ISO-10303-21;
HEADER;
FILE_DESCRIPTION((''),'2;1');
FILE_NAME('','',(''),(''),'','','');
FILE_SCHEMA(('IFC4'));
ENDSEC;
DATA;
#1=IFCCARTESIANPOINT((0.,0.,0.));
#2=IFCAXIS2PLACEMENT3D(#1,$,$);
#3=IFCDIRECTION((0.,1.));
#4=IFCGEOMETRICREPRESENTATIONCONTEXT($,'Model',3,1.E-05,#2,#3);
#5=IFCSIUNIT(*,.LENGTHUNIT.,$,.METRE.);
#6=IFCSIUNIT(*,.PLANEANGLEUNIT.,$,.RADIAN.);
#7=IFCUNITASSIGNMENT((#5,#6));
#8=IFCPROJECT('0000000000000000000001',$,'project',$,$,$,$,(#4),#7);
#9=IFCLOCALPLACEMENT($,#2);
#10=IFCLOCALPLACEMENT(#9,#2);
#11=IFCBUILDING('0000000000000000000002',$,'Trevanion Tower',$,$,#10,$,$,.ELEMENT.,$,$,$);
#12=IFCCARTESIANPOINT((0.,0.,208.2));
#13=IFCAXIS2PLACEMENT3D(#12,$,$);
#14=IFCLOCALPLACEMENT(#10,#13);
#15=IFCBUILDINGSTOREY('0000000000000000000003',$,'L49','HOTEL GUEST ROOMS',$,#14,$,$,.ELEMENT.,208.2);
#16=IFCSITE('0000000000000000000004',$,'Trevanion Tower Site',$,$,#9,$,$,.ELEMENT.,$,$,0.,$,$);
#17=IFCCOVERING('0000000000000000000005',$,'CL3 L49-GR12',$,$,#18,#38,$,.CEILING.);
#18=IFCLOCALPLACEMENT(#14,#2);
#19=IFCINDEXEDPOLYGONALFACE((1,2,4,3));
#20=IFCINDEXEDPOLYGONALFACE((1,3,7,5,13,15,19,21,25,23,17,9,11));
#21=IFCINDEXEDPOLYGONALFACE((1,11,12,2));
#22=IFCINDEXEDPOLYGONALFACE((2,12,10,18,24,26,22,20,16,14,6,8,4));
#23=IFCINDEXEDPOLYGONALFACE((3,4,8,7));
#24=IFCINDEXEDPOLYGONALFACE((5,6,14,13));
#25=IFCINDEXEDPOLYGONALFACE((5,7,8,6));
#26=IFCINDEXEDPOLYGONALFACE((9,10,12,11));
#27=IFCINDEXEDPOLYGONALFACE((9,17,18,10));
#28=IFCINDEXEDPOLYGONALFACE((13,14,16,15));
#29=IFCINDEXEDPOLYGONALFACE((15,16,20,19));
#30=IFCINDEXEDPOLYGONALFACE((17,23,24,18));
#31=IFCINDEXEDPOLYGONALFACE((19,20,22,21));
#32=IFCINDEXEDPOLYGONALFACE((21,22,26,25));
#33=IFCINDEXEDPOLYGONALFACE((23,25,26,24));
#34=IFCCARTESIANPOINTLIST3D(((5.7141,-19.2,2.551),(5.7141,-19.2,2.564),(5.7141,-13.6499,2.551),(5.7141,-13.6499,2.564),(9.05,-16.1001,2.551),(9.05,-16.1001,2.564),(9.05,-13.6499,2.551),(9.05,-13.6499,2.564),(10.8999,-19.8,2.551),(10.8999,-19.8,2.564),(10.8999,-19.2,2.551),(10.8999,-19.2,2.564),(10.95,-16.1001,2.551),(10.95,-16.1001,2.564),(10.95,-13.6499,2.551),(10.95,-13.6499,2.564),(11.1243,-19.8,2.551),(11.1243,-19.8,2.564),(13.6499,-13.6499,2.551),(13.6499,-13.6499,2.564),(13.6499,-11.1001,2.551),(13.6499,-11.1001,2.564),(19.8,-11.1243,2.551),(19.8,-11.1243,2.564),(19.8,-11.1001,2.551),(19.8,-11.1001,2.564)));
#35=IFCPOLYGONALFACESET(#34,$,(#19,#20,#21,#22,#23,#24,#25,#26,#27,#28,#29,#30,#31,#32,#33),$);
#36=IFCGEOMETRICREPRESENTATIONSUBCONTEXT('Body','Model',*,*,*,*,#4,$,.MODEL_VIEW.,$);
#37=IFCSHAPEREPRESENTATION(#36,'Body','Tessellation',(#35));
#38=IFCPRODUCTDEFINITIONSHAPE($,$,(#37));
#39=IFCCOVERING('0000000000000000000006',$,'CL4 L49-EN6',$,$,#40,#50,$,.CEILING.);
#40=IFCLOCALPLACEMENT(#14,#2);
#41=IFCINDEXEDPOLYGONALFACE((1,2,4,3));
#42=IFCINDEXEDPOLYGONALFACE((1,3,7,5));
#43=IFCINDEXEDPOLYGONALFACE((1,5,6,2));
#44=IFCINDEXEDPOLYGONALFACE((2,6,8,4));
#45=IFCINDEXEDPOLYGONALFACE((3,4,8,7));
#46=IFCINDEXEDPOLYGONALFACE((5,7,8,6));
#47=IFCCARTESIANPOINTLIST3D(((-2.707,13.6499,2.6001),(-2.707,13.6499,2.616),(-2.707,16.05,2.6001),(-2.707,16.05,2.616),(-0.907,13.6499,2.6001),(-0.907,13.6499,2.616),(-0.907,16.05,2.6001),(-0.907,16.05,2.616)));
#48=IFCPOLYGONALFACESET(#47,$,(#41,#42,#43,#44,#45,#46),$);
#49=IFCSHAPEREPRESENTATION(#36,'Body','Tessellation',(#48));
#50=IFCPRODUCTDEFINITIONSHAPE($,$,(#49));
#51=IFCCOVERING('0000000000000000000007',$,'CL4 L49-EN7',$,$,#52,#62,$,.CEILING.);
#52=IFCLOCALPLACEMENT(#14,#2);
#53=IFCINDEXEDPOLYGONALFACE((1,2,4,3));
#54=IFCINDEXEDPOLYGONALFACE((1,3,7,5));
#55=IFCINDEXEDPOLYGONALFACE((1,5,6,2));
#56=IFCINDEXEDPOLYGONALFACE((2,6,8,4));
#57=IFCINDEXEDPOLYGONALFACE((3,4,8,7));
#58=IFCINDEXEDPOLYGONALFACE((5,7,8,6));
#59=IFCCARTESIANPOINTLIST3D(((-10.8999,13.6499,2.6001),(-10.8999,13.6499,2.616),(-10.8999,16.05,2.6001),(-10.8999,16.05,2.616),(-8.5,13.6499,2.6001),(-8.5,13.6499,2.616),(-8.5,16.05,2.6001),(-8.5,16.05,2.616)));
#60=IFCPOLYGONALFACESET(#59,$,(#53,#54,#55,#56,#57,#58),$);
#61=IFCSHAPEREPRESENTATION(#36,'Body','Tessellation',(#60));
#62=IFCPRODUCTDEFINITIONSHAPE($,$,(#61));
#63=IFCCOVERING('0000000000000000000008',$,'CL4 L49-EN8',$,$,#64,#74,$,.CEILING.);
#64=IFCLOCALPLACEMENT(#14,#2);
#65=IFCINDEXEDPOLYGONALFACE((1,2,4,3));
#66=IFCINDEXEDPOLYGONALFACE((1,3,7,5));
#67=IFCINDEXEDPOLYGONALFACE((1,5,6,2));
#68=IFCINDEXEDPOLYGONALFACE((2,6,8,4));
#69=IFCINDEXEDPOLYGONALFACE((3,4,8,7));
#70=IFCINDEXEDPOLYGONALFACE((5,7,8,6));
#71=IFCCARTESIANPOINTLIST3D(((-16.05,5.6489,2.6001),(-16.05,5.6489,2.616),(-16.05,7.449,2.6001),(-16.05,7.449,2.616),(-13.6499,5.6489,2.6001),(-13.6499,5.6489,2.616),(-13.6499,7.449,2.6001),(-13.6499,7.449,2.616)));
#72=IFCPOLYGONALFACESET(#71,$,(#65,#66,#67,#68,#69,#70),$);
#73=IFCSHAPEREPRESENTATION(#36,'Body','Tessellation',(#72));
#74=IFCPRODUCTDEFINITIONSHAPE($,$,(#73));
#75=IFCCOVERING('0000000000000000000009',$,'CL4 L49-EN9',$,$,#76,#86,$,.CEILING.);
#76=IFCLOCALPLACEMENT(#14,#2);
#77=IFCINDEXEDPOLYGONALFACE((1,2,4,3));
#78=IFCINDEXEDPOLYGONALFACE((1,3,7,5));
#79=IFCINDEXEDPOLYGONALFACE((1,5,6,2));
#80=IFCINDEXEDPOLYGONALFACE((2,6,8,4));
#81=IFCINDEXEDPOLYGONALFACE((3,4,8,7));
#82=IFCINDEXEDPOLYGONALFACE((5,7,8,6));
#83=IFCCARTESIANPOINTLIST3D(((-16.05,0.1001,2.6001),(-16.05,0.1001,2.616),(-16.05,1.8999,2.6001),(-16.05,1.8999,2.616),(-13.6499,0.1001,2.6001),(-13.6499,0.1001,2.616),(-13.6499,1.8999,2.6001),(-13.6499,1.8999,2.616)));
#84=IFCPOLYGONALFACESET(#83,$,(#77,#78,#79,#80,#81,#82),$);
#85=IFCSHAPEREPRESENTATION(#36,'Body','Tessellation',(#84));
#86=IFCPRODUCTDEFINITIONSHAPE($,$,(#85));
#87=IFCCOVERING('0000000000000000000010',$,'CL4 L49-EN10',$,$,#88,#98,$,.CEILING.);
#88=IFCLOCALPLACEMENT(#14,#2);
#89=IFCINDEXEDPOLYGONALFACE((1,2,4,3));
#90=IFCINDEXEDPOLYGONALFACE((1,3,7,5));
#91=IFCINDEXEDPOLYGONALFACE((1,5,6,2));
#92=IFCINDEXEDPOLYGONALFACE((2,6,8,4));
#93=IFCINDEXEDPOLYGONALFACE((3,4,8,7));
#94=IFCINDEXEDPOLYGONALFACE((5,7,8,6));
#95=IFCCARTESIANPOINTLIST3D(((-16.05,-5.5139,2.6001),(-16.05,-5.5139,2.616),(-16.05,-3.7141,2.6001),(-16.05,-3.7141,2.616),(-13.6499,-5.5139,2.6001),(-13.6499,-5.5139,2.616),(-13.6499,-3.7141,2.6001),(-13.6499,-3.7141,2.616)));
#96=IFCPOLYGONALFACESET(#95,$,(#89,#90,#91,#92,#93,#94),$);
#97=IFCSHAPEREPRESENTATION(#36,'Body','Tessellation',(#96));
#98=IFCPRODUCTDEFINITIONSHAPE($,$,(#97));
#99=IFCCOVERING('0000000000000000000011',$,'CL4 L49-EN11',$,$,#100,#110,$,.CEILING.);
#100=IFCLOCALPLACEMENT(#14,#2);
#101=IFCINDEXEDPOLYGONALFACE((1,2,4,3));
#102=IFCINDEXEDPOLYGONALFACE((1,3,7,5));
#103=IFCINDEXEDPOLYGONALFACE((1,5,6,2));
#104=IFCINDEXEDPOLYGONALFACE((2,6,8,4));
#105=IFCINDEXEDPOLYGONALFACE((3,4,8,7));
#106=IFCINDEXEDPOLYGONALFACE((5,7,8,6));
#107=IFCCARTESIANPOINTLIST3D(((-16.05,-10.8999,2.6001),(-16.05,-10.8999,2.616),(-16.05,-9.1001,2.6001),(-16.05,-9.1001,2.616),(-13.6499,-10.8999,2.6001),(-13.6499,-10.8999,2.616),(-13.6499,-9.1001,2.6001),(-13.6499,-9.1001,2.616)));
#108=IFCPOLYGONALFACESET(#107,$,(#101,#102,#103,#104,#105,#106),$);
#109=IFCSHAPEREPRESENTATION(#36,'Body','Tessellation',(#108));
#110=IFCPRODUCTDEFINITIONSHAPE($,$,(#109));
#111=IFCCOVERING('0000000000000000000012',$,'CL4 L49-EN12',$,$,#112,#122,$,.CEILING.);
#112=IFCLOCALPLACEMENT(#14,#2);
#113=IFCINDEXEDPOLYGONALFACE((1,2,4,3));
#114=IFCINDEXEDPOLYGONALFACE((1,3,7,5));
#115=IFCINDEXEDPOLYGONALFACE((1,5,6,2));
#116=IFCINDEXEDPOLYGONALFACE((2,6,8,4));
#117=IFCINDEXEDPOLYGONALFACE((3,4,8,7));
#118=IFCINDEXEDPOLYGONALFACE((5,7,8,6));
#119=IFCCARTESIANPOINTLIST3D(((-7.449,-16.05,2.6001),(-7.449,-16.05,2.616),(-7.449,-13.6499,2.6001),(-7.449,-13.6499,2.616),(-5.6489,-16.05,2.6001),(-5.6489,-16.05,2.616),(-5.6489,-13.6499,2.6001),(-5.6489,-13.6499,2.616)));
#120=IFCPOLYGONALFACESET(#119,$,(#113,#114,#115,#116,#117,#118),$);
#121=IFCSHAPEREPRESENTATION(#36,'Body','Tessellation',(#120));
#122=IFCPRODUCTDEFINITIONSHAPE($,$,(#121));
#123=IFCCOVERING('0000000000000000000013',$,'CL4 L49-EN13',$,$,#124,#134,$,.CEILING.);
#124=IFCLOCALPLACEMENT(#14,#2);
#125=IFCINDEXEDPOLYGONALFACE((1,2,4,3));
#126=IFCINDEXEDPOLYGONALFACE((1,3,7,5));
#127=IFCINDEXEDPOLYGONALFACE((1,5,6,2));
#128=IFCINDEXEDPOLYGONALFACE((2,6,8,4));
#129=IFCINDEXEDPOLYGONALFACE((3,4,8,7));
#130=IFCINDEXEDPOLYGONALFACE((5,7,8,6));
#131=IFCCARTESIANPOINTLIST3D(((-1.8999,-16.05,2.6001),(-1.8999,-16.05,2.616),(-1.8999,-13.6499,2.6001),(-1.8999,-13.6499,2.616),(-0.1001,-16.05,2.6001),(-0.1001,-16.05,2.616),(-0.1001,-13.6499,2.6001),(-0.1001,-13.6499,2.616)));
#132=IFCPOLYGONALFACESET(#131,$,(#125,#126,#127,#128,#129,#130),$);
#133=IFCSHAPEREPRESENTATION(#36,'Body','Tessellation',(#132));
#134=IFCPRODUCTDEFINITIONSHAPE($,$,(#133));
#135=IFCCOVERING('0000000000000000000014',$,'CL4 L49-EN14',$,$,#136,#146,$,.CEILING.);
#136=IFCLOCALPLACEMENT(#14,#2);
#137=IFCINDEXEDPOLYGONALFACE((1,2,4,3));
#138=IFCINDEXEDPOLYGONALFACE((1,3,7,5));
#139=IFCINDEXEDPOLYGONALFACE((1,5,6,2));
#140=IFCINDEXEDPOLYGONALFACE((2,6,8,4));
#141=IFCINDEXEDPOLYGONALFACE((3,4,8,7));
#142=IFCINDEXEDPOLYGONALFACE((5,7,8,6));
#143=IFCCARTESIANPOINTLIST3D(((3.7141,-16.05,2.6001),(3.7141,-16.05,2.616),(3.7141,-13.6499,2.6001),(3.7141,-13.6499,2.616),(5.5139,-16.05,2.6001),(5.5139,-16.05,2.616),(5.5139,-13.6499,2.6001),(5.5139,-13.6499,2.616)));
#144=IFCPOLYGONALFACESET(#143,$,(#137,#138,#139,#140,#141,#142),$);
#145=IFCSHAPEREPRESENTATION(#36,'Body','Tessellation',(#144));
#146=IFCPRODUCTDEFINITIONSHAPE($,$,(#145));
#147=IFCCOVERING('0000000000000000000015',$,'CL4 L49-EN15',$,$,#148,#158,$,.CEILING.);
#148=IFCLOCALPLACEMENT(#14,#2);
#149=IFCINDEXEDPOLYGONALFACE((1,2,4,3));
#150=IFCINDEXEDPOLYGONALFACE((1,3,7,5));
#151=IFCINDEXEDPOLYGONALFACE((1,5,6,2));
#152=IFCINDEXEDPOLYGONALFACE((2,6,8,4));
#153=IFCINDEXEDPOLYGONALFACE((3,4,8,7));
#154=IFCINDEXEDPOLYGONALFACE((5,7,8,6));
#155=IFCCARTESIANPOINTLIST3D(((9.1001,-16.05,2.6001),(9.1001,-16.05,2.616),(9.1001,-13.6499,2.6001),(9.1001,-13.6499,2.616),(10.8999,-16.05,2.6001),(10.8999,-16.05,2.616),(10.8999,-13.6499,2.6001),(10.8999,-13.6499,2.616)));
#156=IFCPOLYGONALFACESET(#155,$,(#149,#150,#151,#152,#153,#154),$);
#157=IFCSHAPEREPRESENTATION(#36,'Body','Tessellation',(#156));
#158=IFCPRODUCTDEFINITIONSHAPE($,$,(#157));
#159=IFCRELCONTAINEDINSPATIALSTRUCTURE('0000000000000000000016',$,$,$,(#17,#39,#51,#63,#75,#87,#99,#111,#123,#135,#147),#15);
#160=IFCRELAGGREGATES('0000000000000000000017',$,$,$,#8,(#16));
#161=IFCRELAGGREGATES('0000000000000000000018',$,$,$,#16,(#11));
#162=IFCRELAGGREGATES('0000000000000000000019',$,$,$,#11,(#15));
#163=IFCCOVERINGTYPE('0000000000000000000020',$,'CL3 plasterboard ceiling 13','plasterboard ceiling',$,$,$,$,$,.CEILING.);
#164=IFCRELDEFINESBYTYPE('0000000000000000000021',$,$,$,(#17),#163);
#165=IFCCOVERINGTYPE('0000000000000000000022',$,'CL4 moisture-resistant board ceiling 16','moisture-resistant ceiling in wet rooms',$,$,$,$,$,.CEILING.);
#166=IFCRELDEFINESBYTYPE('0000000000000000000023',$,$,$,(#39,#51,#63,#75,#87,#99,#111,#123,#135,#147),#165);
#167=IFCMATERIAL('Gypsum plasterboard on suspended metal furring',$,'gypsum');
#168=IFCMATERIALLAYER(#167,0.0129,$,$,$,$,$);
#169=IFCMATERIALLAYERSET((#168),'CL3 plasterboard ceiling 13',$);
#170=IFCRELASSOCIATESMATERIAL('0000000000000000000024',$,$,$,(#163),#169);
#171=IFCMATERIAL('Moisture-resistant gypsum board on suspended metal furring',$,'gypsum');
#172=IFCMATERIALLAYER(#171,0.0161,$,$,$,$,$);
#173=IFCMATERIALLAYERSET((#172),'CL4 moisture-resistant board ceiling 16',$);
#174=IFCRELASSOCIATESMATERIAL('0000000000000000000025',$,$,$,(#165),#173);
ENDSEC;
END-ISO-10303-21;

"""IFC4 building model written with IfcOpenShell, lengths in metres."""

from ifc_helpers import new_model, si_unit, direction, frame, origin, place, context, subcontext, project, spatial, polyline, outline, extrude, material, layer, layer_set, type_object, element, save


model = new_model("IFC4")

# Units and contexts
model_context = context("Model", 3, precision=1e-05, world=origin(), true_north=direction((0.0, 1.0)))
body_context = subcontext(model_context, "Body", "Model", "MODEL_VIEW")
ifc_project = project(units=[si_unit("LENGTHUNIT", "METRE"), si_unit("PLANEANGLEUNIT", "RADIAN")], contexts=[model_context])

# Site, building, storey
site_placement = place(None, origin())
site = spatial("IfcSite", under=ifc_project, at=site_placement, Name="Trevanion Tower Site", CompositionType="ELEMENT", RefElevation=0.0)
building_placement = place(site_placement, origin())
building = spatial("IfcBuilding", under=site, at=building_placement, Name="Trevanion Tower", CompositionType="ELEMENT")
storey_placement = place(building_placement, frame((0.0, 0.0, 208.2)))
storey = spatial("IfcBuildingStorey", under=building, at=storey_placement, Name="L49", Description="HOTEL GUEST ROOMS", CompositionType="ELEMENT", Elevation=208.2)

# Coverings
ifc_material_1 = material(Name="Gypsum plasterboard on suspended metal furring", Category="gypsum")
ifc_layer_1 = layer(ifc_material_1, 0.0129)
ifc_layer_set_1 = layer_set([ifc_layer_1], Name="CL3 plasterboard ceiling 13")
covering_type_1 = type_object("IfcCoveringType", Name="CL3 plasterboard ceiling 13", Description="plasterboard ceiling", PredefinedType="CEILING", material=ifc_layer_set_1)
covering_1_placement = place(storey_placement, frame((0.0, 0.0, 2.551)))
element("IfcCovering", 1, at=covering_1_placement, inside=storey, type_object=covering_type_1, Name="CL3 L49-GR12", PredefinedType="CEILING", context=body_context, shape_type="SweptSolid", body=[
    extrude(outline(polyline([(13.6499, -11.1001), (19.8, -11.1001), (19.8, -11.1243), (11.1243, -19.8), (10.8999, -19.8), (10.8999, -19.2), (5.7141, -19.2), (5.7141, -13.6499), (9.05, -13.6499), (9.05, -16.1001), (10.95, -16.1001), (10.95, -13.6499), (13.6499, -13.6499), (13.6499, -11.1001)])), origin(), (0.0, 0.0, 1.0), 0.0129),
])
ifc_material_2 = material(Name="Moisture-resistant gypsum board on suspended metal furring", Category="gypsum")
ifc_layer_2 = layer(ifc_material_2, 0.0161)
ifc_layer_set_2 = layer_set([ifc_layer_2], Name="CL4 moisture-resistant board ceiling 16")
covering_type_2 = type_object("IfcCoveringType", Name="CL4 moisture-resistant board ceiling 16", Description="moisture-resistant ceiling in wet rooms", PredefinedType="CEILING", material=ifc_layer_set_2)
covering_2_placement = place(storey_placement, frame((0.0, 0.0, 2.6001)))
element("IfcCovering", 2, at=covering_2_placement, inside=storey, type_object=covering_type_2, Name="CL4 L49-EN6", PredefinedType="CEILING", context=body_context, shape_type="SweptSolid", body=[
    extrude(outline(polyline([(-0.907, 16.05), (-2.707, 16.05), (-2.707, 13.6499), (-0.907, 13.6499), (-0.907, 16.05)])), origin(), (0.0, 0.0, 1.0), 0.0159),
])
covering_3_placement = place(storey_placement, frame((0.0, 0.0, 2.6001)))
element("IfcCovering", 3, at=covering_3_placement, inside=storey, type_object=covering_type_2, Name="CL4 L49-EN7", PredefinedType="CEILING", context=body_context, shape_type="SweptSolid", body=[
    extrude(outline(polyline([(-8.5, 16.05), (-10.8999, 16.05), (-10.8999, 13.6499), (-8.5, 13.6499), (-8.5, 16.05)])), origin(), (0.0, 0.0, 1.0), 0.0159),
])
covering_4_placement = place(storey_placement, frame((0.0, 0.0, 2.6001)))
element("IfcCovering", 4, at=covering_4_placement, inside=storey, type_object=covering_type_2, Name="CL4 L49-EN8", PredefinedType="CEILING", context=body_context, shape_type="SweptSolid", body=[
    extrude(outline(polyline([(-16.05, 7.449), (-16.05, 5.6489), (-13.6499, 5.6489), (-13.6499, 7.449), (-16.05, 7.449)])), origin(), (0.0, 0.0, 1.0), 0.0159),
])
covering_5_placement = place(storey_placement, frame((0.0, 0.0, 2.6001)))
element("IfcCovering", 5, at=covering_5_placement, inside=storey, type_object=covering_type_2, Name="CL4 L49-EN9", PredefinedType="CEILING", context=body_context, shape_type="SweptSolid", body=[
    extrude(outline(polyline([(-16.05, 1.8999), (-16.05, 0.1001), (-13.6499, 0.1001), (-13.6499, 1.8999), (-16.05, 1.8999)])), origin(), (0.0, 0.0, 1.0), 0.0159),
])
covering_6_placement = place(storey_placement, frame((0.0, 0.0, 2.6001)))
element("IfcCovering", 6, at=covering_6_placement, inside=storey, type_object=covering_type_2, Name="CL4 L49-EN10", PredefinedType="CEILING", context=body_context, shape_type="SweptSolid", body=[
    extrude(outline(polyline([(-16.05, -3.7141), (-16.05, -5.5139), (-13.6499, -5.5139), (-13.6499, -3.7141), (-16.05, -3.7141)])), origin(), (0.0, 0.0, 1.0), 0.0159),
])
covering_7_placement = place(storey_placement, frame((0.0, 0.0, 2.6001)))
element("IfcCovering", 7, at=covering_7_placement, inside=storey, type_object=covering_type_2, Name="CL4 L49-EN11", PredefinedType="CEILING", context=body_context, shape_type="SweptSolid", body=[
    extrude(outline(polyline([(-16.05, -9.1001), (-16.05, -10.8999), (-13.6499, -10.8999), (-13.6499, -9.1001), (-16.05, -9.1001)])), origin(), (0.0, 0.0, 1.0), 0.0159),
])
covering_8_placement = place(storey_placement, frame((0.0, 0.0, 2.6001)))
element("IfcCovering", 8, at=covering_8_placement, inside=storey, type_object=covering_type_2, Name="CL4 L49-EN12", PredefinedType="CEILING", context=body_context, shape_type="SweptSolid", body=[
    extrude(outline(polyline([(-7.449, -16.05), (-5.6489, -16.05), (-5.6489, -13.6499), (-7.449, -13.6499), (-7.449, -16.05)])), origin(), (0.0, 0.0, 1.0), 0.0159),
])
covering_9_placement = place(storey_placement, frame((0.0, 0.0, 2.6001)))
element("IfcCovering", 9, at=covering_9_placement, inside=storey, type_object=covering_type_2, Name="CL4 L49-EN13", PredefinedType="CEILING", context=body_context, shape_type="SweptSolid", body=[
    extrude(outline(polyline([(-1.8999, -16.05), (-0.1001, -16.05), (-0.1001, -13.6499), (-1.8999, -13.6499), (-1.8999, -16.05)])), origin(), (0.0, 0.0, 1.0), 0.0159),
])
covering_10_placement = place(storey_placement, frame((0.0, 0.0, 2.6001)))
element("IfcCovering", 10, at=covering_10_placement, inside=storey, type_object=covering_type_2, Name="CL4 L49-EN14", PredefinedType="CEILING", context=body_context, shape_type="SweptSolid", body=[
    extrude(outline(polyline([(3.7141, -16.05), (5.5139, -16.05), (5.5139, -13.6499), (3.7141, -13.6499), (3.7141, -16.05)])), origin(), (0.0, 0.0, 1.0), 0.0159),
])
covering_11_placement = place(storey_placement, frame((0.0, 0.0, 2.6001)))
element("IfcCovering", 11, at=covering_11_placement, inside=storey, type_object=covering_type_2, Name="CL4 L49-EN15", PredefinedType="CEILING", context=body_context, shape_type="SweptSolid", body=[
    extrude(outline(polyline([(9.1001, -16.05), (10.8999, -16.05), (10.8999, -13.6499), (9.1001, -13.6499), (9.1001, -16.05)])), origin(), (0.0, 0.0, 1.0), 0.0159),
])

save(model, "model.ifc")
